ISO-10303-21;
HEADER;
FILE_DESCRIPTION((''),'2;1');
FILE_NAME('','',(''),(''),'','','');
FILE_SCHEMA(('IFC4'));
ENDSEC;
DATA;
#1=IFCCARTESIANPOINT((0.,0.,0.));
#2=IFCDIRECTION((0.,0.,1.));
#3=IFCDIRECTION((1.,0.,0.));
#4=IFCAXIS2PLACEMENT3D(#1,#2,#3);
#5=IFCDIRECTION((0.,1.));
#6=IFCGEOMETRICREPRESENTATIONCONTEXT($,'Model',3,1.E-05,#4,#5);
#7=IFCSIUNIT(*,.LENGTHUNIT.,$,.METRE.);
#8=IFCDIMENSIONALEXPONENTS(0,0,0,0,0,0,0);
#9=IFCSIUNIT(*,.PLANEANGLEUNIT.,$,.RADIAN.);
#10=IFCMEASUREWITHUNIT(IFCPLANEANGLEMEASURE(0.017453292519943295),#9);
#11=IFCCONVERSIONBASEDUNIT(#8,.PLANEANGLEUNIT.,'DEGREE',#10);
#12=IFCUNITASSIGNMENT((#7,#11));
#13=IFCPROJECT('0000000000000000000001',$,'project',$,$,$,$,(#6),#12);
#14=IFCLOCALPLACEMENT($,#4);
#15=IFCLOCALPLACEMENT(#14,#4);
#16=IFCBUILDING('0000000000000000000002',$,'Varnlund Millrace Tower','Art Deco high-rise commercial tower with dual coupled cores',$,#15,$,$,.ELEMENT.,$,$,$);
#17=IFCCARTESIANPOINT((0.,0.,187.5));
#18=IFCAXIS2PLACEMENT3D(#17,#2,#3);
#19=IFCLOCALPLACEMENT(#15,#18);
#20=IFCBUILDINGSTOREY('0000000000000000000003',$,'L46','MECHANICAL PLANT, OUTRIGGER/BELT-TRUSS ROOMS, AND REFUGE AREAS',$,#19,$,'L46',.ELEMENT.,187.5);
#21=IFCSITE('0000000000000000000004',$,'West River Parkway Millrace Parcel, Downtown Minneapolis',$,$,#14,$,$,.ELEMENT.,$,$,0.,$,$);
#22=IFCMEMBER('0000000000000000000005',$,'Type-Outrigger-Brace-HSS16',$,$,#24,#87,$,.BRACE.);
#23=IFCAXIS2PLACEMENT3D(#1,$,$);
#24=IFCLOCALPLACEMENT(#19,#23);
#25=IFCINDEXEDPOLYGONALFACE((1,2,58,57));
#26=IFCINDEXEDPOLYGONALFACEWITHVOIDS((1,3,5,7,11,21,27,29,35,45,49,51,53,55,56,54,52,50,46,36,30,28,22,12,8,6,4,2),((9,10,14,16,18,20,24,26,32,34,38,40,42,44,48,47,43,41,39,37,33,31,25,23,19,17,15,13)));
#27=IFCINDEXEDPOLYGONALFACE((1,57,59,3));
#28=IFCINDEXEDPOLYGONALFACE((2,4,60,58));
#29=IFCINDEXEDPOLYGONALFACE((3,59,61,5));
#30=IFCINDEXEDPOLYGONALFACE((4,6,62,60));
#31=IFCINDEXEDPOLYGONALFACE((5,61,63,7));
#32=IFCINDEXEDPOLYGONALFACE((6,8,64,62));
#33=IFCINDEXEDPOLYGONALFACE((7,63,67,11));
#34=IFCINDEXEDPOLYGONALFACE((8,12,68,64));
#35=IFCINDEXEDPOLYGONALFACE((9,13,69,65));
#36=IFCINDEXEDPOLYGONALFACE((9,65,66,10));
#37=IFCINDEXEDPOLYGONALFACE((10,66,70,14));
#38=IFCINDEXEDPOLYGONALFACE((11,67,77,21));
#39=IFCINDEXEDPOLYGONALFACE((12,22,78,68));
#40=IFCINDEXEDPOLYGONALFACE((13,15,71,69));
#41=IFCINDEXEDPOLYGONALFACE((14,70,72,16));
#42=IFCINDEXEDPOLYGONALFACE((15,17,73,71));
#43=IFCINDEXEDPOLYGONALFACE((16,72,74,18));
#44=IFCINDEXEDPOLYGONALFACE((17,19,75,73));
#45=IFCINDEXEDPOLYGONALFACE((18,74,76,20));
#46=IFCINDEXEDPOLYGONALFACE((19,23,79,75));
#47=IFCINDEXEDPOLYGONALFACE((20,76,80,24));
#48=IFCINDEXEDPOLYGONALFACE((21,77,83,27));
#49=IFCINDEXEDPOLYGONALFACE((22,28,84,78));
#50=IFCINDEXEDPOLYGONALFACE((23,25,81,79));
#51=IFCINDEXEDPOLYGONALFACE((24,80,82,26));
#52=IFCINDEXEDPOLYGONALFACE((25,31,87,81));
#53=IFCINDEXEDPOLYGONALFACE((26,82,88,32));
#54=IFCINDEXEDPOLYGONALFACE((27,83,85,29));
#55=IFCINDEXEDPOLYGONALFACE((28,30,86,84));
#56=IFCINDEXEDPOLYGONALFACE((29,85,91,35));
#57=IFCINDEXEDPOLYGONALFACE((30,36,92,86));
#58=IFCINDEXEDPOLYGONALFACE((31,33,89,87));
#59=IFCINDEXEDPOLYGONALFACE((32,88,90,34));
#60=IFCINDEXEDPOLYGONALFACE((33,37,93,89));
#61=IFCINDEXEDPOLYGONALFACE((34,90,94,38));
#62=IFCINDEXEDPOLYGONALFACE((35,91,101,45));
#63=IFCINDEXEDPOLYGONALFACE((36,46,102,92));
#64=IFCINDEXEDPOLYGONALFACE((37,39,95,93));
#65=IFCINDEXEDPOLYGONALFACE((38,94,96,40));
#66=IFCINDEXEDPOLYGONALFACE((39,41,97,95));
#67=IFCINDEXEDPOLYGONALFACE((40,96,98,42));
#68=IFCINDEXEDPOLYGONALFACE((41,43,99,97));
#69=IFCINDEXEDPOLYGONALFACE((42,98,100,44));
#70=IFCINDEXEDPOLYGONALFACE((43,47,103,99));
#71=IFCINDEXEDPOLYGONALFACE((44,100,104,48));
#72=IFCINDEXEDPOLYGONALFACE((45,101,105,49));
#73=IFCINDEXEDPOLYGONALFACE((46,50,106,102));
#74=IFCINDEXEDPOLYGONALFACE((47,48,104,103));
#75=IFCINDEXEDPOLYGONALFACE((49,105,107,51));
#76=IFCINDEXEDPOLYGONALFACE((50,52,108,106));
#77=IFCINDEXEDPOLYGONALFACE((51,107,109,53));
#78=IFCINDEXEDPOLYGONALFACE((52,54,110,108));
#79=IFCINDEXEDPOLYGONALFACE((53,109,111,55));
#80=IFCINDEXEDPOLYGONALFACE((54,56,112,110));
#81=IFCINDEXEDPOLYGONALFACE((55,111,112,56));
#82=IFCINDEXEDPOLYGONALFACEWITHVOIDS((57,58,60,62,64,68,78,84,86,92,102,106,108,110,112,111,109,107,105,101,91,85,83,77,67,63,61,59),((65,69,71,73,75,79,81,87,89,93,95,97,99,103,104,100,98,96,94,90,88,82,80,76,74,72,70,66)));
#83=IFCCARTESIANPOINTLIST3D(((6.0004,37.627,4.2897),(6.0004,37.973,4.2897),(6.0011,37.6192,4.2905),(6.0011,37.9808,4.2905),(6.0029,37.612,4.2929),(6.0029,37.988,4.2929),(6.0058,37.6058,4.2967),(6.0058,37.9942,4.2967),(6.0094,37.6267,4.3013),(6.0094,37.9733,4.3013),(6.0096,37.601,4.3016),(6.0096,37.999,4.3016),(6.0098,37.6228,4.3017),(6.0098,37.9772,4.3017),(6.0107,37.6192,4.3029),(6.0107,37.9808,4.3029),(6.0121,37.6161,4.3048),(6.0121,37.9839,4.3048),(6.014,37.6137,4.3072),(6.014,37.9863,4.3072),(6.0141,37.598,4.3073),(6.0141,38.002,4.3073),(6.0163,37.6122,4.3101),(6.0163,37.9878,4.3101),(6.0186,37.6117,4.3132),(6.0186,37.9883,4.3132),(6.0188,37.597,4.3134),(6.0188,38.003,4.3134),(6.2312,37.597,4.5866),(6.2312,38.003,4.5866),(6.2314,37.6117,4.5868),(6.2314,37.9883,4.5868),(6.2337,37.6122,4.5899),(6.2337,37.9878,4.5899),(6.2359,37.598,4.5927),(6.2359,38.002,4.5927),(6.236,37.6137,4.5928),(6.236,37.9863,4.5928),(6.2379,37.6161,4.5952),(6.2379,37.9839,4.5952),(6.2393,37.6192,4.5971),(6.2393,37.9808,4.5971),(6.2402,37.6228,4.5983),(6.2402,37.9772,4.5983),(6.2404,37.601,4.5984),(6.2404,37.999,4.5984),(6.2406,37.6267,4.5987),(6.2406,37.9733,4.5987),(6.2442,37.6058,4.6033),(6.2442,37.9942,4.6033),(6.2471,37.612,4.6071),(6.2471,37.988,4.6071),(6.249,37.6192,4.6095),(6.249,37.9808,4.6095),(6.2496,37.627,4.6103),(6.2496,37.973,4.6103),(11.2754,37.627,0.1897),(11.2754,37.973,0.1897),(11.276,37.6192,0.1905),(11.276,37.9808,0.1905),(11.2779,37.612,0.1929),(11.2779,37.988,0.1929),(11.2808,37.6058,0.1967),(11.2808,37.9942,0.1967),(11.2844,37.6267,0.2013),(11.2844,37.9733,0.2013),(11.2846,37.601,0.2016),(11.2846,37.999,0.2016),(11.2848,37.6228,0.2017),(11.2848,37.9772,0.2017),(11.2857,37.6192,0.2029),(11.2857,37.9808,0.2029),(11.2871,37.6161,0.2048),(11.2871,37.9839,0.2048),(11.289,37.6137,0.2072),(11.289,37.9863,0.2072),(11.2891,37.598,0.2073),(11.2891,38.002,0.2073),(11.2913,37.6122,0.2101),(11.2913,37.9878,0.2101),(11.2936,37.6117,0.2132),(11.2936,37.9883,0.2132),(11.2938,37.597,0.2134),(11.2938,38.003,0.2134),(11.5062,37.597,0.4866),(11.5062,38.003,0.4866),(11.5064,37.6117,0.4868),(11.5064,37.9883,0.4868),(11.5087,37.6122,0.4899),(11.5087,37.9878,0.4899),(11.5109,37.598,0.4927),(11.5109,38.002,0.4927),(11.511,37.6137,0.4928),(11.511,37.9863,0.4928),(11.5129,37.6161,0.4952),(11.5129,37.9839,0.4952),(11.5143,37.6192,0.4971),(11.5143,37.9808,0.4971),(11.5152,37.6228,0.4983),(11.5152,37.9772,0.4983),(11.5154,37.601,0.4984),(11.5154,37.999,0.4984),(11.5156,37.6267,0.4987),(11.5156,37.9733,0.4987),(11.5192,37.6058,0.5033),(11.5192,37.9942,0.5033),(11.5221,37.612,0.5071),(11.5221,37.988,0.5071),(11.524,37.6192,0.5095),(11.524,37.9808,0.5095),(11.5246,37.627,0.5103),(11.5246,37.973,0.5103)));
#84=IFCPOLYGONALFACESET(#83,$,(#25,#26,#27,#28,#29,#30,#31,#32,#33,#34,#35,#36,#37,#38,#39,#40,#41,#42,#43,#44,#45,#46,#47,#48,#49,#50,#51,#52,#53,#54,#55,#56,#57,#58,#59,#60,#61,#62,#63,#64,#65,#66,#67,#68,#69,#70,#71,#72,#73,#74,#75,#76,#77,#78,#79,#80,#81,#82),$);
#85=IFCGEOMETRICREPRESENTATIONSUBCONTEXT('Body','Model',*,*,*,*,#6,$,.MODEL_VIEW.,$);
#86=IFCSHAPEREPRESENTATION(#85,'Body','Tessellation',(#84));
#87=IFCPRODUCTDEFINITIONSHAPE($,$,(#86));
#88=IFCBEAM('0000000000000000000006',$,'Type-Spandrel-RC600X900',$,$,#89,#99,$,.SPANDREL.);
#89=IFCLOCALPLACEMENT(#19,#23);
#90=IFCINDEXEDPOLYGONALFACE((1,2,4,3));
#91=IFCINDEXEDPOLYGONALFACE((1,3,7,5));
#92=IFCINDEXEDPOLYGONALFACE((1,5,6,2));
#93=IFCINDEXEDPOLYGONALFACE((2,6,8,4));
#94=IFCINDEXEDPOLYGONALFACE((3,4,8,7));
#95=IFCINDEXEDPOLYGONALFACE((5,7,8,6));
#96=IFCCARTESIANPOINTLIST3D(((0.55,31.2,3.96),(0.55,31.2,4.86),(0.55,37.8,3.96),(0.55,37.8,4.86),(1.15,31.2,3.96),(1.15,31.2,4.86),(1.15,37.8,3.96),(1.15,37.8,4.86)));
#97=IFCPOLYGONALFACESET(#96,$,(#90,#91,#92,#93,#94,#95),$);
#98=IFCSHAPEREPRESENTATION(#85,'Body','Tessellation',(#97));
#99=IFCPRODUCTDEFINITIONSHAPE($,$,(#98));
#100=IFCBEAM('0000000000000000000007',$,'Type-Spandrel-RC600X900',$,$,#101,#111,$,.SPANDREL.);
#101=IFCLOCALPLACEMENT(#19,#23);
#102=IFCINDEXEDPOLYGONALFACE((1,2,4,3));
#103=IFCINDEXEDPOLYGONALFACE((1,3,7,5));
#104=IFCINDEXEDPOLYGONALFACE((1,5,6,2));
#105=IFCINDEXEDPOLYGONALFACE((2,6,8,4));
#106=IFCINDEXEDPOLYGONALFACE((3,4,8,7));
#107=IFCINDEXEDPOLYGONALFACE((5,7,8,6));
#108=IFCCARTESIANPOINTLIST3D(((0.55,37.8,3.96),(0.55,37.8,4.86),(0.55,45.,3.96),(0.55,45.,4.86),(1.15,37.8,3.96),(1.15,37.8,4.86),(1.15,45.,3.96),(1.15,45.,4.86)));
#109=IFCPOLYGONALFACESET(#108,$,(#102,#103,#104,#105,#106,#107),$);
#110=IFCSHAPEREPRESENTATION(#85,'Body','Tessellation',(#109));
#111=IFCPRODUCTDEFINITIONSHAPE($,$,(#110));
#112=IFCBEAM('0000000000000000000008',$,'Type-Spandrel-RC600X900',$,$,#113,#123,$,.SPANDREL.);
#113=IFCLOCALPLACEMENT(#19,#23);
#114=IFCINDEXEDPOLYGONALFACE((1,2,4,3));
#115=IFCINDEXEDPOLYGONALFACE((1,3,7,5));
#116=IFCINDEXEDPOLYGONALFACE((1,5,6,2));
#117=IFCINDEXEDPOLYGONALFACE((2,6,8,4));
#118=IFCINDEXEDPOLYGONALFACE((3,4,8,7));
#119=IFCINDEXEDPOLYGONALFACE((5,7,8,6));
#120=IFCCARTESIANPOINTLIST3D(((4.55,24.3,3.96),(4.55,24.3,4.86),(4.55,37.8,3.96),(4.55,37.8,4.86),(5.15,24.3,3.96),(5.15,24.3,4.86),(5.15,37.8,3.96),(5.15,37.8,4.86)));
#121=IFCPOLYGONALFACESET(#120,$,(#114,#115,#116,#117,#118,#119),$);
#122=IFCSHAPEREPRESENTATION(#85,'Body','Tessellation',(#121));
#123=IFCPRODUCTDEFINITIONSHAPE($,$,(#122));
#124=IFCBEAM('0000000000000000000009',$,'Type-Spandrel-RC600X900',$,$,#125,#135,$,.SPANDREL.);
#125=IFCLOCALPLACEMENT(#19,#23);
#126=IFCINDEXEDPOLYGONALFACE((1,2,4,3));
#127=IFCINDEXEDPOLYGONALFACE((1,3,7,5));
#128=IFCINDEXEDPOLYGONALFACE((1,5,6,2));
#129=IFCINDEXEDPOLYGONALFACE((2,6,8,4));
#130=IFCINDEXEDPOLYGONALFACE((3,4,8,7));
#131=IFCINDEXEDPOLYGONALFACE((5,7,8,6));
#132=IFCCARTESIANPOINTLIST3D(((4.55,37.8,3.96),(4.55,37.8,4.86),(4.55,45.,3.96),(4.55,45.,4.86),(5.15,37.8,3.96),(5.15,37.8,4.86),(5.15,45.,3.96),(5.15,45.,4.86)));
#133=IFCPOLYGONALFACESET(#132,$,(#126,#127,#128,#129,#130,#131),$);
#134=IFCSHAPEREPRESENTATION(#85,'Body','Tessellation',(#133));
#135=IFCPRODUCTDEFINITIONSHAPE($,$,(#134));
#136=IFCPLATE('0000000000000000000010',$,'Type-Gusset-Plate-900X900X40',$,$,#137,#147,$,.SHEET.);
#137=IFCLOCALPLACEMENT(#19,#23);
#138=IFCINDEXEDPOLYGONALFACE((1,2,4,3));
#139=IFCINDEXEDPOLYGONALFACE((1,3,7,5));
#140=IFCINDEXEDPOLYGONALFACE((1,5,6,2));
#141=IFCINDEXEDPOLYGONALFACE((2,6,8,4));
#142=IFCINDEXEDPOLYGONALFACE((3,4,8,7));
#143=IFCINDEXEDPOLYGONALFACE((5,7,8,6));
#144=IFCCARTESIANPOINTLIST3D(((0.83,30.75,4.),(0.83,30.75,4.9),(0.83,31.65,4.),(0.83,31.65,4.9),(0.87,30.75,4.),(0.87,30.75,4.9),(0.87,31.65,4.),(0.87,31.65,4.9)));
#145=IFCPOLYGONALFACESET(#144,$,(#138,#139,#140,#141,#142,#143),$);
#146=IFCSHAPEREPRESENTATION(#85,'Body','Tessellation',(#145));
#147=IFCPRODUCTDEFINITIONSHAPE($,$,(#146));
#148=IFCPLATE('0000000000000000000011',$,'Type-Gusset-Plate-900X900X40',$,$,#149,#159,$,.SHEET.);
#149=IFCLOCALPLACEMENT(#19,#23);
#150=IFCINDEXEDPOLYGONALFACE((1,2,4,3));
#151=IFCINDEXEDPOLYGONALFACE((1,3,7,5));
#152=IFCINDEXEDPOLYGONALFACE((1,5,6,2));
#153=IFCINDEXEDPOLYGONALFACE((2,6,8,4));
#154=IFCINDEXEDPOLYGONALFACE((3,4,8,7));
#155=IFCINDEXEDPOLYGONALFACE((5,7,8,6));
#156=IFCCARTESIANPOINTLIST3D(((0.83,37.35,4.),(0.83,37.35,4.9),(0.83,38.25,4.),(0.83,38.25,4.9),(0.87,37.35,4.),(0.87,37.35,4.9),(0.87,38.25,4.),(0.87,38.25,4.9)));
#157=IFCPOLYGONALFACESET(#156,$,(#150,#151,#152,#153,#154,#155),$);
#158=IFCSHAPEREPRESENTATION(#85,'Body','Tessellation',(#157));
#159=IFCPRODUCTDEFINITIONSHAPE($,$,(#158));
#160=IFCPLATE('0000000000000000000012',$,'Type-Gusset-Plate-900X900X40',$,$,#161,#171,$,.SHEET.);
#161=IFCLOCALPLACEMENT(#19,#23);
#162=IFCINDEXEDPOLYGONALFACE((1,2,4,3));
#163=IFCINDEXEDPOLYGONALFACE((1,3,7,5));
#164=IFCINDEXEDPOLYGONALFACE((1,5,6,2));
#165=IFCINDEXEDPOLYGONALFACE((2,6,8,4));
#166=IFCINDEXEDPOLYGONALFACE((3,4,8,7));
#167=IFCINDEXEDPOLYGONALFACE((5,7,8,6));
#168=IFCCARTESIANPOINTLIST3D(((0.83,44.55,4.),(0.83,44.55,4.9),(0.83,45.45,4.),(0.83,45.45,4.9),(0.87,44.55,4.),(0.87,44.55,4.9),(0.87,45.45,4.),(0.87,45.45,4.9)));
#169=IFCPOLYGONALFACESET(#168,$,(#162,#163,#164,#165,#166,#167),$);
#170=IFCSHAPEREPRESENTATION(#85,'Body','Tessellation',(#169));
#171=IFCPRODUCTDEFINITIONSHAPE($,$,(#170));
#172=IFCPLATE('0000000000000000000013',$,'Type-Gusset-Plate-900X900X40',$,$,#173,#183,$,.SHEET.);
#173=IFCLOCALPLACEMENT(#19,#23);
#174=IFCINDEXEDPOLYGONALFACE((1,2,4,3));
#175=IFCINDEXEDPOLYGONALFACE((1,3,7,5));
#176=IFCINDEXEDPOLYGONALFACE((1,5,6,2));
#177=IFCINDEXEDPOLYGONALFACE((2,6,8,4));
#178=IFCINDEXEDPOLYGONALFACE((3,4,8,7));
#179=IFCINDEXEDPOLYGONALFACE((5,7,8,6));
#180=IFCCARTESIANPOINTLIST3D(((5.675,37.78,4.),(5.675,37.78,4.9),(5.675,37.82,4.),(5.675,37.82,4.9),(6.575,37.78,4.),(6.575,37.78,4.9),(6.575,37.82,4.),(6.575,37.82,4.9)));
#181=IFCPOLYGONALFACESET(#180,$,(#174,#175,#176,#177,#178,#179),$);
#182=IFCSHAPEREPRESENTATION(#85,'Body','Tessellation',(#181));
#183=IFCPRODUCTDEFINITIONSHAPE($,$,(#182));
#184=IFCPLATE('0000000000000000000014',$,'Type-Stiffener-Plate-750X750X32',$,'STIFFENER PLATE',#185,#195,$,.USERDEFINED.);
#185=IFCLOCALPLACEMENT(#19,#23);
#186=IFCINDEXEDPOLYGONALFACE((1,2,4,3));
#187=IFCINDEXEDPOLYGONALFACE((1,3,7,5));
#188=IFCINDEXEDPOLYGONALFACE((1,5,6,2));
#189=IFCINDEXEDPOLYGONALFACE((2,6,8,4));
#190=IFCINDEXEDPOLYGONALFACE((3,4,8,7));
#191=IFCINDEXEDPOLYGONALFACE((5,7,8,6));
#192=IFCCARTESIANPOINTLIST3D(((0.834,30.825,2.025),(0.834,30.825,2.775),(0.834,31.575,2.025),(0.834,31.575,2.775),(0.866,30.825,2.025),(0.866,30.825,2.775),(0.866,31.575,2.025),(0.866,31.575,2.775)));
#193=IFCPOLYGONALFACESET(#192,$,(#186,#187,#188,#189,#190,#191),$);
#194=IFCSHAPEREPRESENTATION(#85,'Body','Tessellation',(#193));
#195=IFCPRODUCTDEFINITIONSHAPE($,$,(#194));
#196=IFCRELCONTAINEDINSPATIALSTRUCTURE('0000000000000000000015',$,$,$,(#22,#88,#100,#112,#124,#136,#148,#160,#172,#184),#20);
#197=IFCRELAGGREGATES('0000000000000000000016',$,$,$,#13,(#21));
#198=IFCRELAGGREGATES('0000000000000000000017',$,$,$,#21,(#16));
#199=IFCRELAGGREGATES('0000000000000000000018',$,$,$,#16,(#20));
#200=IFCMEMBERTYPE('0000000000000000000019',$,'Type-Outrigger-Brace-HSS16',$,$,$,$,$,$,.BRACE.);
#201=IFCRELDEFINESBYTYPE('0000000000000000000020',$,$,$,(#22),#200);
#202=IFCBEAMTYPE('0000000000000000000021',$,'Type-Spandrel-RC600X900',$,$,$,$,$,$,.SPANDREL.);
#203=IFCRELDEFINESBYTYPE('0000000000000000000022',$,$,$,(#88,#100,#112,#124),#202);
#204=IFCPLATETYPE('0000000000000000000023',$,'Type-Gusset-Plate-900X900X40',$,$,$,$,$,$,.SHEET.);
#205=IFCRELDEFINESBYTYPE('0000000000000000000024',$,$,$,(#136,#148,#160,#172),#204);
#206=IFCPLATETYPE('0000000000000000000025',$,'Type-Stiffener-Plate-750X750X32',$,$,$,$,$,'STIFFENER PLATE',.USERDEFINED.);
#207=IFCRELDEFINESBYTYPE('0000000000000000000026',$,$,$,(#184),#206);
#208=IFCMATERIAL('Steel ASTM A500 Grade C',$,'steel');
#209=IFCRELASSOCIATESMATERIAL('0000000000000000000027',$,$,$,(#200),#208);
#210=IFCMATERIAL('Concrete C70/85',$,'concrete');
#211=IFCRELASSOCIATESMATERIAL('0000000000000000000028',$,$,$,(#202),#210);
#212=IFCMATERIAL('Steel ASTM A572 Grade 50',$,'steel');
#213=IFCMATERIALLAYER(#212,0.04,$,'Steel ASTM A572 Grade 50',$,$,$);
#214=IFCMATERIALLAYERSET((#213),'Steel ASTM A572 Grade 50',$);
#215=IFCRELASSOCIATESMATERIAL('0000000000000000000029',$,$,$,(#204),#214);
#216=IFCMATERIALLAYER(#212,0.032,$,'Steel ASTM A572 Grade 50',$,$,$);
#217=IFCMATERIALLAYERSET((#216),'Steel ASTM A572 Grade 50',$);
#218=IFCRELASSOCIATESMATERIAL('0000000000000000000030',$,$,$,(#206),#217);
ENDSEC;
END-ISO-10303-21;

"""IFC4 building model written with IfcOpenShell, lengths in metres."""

from ifc_helpers import new_model, entity, si_unit, converted_unit, direction, frame, origin_with_axes, origin_2d_with_axis, place, context, subcontext, project, spatial, rectangle, hollow_rectangle, extrude, material, layer, layer_set, material_profile, profile_set, type_object, element, save


model = new_model("IFC4")

# Units and contexts
model_context = context("Model", 3, precision=1e-05, world=origin_with_axes(), true_north=direction((0.0, 1.0)))
body_context = subcontext(model_context, "Body", "Model", "MODEL_VIEW")
ifc_project = project(units=[si_unit("LENGTHUNIT", "METRE"), converted_unit("PLANEANGLEUNIT", "DEGREE", entity("IfcPlaneAngleMeasure", 0.017453292519943295), si_unit("PLANEANGLEUNIT", "RADIAN"), dimensions=[0, 0, 0, 0, 0, 0, 0])], contexts=[model_context])

# Site, building, storey
site_placement = place(None, origin_with_axes())
site = spatial("IfcSite", under=ifc_project, at=site_placement, Name="West River Parkway Millrace Parcel, Downtown Minneapolis", CompositionType="ELEMENT", RefElevation=0.0)
building_placement = place(site_placement, origin_with_axes())
building = spatial("IfcBuilding", under=site, at=building_placement, Name="Varnlund Millrace Tower", Description="Art Deco high-rise commercial tower with dual coupled cores", CompositionType="ELEMENT")
storey_placement = place(building_placement, frame((0.0, 0.0, 187.5), z_axis=(0.0, 0.0, 1.0), x_axis=(1.0, 0.0, 0.0)))
storey = spatial("IfcBuildingStorey", under=building, at=storey_placement, Name="L46", Description="MECHANICAL PLANT, OUTRIGGER/BELT-TRUSS ROOMS, AND REFUGE AREAS", LongName="L46", CompositionType="ELEMENT", Elevation=187.5)

# Shared definitions
ifc_material_1 = material(Name="Steel ASTM A500 Grade C", Category="steel")

# Member
ifc_material_profile_1 = material_profile(ifc_material_1, hollow_rectangle(XDim=0.406, YDim=0.406, WallThickness=0.0147, InnerFilletRadius=0.015, OuterFilletRadius=0.03, at=origin_2d_with_axis()), Name="Steel ASTM A500 Grade C")
ifc_profile_set_1 = profile_set([ifc_material_profile_1], Name="Steel ASTM A500 Grade C")
member_type_1 = type_object("IfcMemberType", Name="Type-Outrigger-Brace-HSS16", PredefinedType="BRACE", material=ifc_profile_set_1)
for number, where, z_axis, x_axis, name in (
    (1, (11.4, 37.8, 0.35), (-0.789554, 0.0, 0.613682), (0.0, -1.0, 0.0), "Type-Outrigger-Brace-HSS16"),
):
    element("IfcMember", number, at=place(storey_placement, frame(where, z_axis=z_axis, x_axis=x_axis)), inside=storey, type_object=member_type_1, Name=name, PredefinedType="BRACE", context=body_context, shape_type="SweptSolid", body=[
        extrude(hollow_rectangle(XDim=0.406, YDim=0.406, WallThickness=0.0147, InnerFilletRadius=0.015, OuterFilletRadius=0.03, at=origin_2d_with_axis()), origin_with_axes(), (0.0, 0.0, 1.0), 6.681),
    ])

# Beams
ifc_material_2 = material(Name="Concrete C70/85", Category="concrete")
ifc_material_profile_2 = material_profile(ifc_material_2, rectangle(XDim=0.6, YDim=0.9, at=origin_2d_with_axis()), Name="Concrete C70/85")
ifc_profile_set_2 = profile_set([ifc_material_profile_2], Name="Concrete C70/85")
beam_type_1 = type_object("IfcBeamType", Name="Type-Spandrel-RC600X900", PredefinedType="SPANDREL", material=ifc_profile_set_2)
beam_1_placement = place(storey_placement, frame((0.85, 31.2, 4.41), z_axis=(0.0, 1.0, 0.0), x_axis=(-1.0, 0.0, 0.0)))
element("IfcBeam", 2, at=beam_1_placement, inside=storey, type_object=beam_type_1, Name="Type-Spandrel-RC600X900", PredefinedType="SPANDREL", context=body_context, shape_type="SweptSolid", body=[
    extrude(rectangle(XDim=0.6, YDim=0.9, at=origin_2d_with_axis()), origin_with_axes(), (0.0, 0.0, 1.0), 6.6),
])
beam_2_placement = place(storey_placement, frame((0.85, 37.8, 4.41), z_axis=(0.0, 1.0, 0.0), x_axis=(-1.0, 0.0, 0.0)))
element("IfcBeam", 3, at=beam_2_placement, inside=storey, type_object=beam_type_1, Name="Type-Spandrel-RC600X900", PredefinedType="SPANDREL", context=body_context, shape_type="SweptSolid", body=[
    extrude(rectangle(XDim=0.6, YDim=0.9, at=origin_2d_with_axis()), origin_with_axes(), (0.0, 0.0, 1.0), 7.2),
])
beam_3_placement = place(storey_placement, frame((4.85, 24.3, 4.41), z_axis=(0.0, 1.0, 0.0), x_axis=(-1.0, 0.0, 0.0)))
element("IfcBeam", 4, at=beam_3_placement, inside=storey, type_object=beam_type_1, Name="Type-Spandrel-RC600X900", PredefinedType="SPANDREL", context=body_context, shape_type="SweptSolid", body=[
    extrude(rectangle(XDim=0.6, YDim=0.9, at=origin_2d_with_axis()), origin_with_axes(), (0.0, 0.0, 1.0), 13.5),
])
beam_4_placement = place(storey_placement, frame((4.85, 37.8, 4.41), z_axis=(0.0, 1.0, 0.0), x_axis=(-1.0, 0.0, 0.0)))
element("IfcBeam", 5, at=beam_4_placement, inside=storey, type_object=beam_type_1, Name="Type-Spandrel-RC600X900", PredefinedType="SPANDREL", context=body_context, shape_type="SweptSolid", body=[
    extrude(rectangle(XDim=0.6, YDim=0.9, at=origin_2d_with_axis()), origin_with_axes(), (0.0, 0.0, 1.0), 7.2),
])

# Plates
ifc_material_3 = material(Name="Steel ASTM A572 Grade 50", Category="steel")
ifc_layer_1 = layer(ifc_material_3, 0.04, Name="Steel ASTM A572 Grade 50")
ifc_layer_set_1 = layer_set([ifc_layer_1], Name="Steel ASTM A572 Grade 50")
plate_type_1 = type_object("IfcPlateType", Name="Type-Gusset-Plate-900X900X40", PredefinedType="SHEET", material=ifc_layer_set_1)
for number, where, z_axis, x_axis, name in (
    (6, (0.85, 31.2, 4.0), (0.0, 0.0, 1.0), (0.0, 1.0, 0.0), "Type-Gusset-Plate-900X900X40"),
    (7, (0.85, 37.8, 4.0), (0.0, 0.0, 1.0), (0.0, 1.0, 0.0), "Type-Gusset-Plate-900X900X40"),
    (8, (0.85, 45.0, 4.0), (0.0, 0.0, 1.0), (0.0, 1.0, 0.0), "Type-Gusset-Plate-900X900X40"),
    (9, (6.125, 37.8, 4.0), (0.0, 0.0, 1.0), (1.0, 0.0, 0.0), "Type-Gusset-Plate-900X900X40"),
):
    element("IfcPlate", number, at=place(storey_placement, frame(where, z_axis=z_axis, x_axis=x_axis)), inside=storey, type_object=plate_type_1, Name=name, PredefinedType="SHEET", context=body_context, shape_type="SweptSolid", body=[
        extrude(rectangle(XDim=0.9, YDim=0.04, at=origin_2d_with_axis()), origin_with_axes(), (0.0, 0.0, 1.0), 0.9),
    ])
ifc_layer_2 = layer(ifc_material_3, 0.032, Name="Steel ASTM A572 Grade 50")
ifc_layer_set_2 = layer_set([ifc_layer_2], Name="Steel ASTM A572 Grade 50")
plate_type_2 = type_object("IfcPlateType", Name="Type-Stiffener-Plate-750X750X32", ElementType="STIFFENER PLATE", PredefinedType="USERDEFINED", material=ifc_layer_set_2)
for number, where, z_axis, x_axis, name in (
    (10, (0.85, 31.2, 2.025), (0.0, 0.0, 1.0), (0.0, 1.0, 0.0), "Type-Stiffener-Plate-750X750X32"),
):
    element("IfcPlate", number, at=place(storey_placement, frame(where, z_axis=z_axis, x_axis=x_axis)), inside=storey, type_object=plate_type_2, Name=name, ObjectType="STIFFENER PLATE", PredefinedType="USERDEFINED", context=body_context, shape_type="SweptSolid", body=[
        extrude(rectangle(XDim=0.75, YDim=0.032, at=origin_2d_with_axis()), origin_with_axes(), (0.0, 0.0, 1.0), 0.75),
    ])

save(model, "model.ifc")
